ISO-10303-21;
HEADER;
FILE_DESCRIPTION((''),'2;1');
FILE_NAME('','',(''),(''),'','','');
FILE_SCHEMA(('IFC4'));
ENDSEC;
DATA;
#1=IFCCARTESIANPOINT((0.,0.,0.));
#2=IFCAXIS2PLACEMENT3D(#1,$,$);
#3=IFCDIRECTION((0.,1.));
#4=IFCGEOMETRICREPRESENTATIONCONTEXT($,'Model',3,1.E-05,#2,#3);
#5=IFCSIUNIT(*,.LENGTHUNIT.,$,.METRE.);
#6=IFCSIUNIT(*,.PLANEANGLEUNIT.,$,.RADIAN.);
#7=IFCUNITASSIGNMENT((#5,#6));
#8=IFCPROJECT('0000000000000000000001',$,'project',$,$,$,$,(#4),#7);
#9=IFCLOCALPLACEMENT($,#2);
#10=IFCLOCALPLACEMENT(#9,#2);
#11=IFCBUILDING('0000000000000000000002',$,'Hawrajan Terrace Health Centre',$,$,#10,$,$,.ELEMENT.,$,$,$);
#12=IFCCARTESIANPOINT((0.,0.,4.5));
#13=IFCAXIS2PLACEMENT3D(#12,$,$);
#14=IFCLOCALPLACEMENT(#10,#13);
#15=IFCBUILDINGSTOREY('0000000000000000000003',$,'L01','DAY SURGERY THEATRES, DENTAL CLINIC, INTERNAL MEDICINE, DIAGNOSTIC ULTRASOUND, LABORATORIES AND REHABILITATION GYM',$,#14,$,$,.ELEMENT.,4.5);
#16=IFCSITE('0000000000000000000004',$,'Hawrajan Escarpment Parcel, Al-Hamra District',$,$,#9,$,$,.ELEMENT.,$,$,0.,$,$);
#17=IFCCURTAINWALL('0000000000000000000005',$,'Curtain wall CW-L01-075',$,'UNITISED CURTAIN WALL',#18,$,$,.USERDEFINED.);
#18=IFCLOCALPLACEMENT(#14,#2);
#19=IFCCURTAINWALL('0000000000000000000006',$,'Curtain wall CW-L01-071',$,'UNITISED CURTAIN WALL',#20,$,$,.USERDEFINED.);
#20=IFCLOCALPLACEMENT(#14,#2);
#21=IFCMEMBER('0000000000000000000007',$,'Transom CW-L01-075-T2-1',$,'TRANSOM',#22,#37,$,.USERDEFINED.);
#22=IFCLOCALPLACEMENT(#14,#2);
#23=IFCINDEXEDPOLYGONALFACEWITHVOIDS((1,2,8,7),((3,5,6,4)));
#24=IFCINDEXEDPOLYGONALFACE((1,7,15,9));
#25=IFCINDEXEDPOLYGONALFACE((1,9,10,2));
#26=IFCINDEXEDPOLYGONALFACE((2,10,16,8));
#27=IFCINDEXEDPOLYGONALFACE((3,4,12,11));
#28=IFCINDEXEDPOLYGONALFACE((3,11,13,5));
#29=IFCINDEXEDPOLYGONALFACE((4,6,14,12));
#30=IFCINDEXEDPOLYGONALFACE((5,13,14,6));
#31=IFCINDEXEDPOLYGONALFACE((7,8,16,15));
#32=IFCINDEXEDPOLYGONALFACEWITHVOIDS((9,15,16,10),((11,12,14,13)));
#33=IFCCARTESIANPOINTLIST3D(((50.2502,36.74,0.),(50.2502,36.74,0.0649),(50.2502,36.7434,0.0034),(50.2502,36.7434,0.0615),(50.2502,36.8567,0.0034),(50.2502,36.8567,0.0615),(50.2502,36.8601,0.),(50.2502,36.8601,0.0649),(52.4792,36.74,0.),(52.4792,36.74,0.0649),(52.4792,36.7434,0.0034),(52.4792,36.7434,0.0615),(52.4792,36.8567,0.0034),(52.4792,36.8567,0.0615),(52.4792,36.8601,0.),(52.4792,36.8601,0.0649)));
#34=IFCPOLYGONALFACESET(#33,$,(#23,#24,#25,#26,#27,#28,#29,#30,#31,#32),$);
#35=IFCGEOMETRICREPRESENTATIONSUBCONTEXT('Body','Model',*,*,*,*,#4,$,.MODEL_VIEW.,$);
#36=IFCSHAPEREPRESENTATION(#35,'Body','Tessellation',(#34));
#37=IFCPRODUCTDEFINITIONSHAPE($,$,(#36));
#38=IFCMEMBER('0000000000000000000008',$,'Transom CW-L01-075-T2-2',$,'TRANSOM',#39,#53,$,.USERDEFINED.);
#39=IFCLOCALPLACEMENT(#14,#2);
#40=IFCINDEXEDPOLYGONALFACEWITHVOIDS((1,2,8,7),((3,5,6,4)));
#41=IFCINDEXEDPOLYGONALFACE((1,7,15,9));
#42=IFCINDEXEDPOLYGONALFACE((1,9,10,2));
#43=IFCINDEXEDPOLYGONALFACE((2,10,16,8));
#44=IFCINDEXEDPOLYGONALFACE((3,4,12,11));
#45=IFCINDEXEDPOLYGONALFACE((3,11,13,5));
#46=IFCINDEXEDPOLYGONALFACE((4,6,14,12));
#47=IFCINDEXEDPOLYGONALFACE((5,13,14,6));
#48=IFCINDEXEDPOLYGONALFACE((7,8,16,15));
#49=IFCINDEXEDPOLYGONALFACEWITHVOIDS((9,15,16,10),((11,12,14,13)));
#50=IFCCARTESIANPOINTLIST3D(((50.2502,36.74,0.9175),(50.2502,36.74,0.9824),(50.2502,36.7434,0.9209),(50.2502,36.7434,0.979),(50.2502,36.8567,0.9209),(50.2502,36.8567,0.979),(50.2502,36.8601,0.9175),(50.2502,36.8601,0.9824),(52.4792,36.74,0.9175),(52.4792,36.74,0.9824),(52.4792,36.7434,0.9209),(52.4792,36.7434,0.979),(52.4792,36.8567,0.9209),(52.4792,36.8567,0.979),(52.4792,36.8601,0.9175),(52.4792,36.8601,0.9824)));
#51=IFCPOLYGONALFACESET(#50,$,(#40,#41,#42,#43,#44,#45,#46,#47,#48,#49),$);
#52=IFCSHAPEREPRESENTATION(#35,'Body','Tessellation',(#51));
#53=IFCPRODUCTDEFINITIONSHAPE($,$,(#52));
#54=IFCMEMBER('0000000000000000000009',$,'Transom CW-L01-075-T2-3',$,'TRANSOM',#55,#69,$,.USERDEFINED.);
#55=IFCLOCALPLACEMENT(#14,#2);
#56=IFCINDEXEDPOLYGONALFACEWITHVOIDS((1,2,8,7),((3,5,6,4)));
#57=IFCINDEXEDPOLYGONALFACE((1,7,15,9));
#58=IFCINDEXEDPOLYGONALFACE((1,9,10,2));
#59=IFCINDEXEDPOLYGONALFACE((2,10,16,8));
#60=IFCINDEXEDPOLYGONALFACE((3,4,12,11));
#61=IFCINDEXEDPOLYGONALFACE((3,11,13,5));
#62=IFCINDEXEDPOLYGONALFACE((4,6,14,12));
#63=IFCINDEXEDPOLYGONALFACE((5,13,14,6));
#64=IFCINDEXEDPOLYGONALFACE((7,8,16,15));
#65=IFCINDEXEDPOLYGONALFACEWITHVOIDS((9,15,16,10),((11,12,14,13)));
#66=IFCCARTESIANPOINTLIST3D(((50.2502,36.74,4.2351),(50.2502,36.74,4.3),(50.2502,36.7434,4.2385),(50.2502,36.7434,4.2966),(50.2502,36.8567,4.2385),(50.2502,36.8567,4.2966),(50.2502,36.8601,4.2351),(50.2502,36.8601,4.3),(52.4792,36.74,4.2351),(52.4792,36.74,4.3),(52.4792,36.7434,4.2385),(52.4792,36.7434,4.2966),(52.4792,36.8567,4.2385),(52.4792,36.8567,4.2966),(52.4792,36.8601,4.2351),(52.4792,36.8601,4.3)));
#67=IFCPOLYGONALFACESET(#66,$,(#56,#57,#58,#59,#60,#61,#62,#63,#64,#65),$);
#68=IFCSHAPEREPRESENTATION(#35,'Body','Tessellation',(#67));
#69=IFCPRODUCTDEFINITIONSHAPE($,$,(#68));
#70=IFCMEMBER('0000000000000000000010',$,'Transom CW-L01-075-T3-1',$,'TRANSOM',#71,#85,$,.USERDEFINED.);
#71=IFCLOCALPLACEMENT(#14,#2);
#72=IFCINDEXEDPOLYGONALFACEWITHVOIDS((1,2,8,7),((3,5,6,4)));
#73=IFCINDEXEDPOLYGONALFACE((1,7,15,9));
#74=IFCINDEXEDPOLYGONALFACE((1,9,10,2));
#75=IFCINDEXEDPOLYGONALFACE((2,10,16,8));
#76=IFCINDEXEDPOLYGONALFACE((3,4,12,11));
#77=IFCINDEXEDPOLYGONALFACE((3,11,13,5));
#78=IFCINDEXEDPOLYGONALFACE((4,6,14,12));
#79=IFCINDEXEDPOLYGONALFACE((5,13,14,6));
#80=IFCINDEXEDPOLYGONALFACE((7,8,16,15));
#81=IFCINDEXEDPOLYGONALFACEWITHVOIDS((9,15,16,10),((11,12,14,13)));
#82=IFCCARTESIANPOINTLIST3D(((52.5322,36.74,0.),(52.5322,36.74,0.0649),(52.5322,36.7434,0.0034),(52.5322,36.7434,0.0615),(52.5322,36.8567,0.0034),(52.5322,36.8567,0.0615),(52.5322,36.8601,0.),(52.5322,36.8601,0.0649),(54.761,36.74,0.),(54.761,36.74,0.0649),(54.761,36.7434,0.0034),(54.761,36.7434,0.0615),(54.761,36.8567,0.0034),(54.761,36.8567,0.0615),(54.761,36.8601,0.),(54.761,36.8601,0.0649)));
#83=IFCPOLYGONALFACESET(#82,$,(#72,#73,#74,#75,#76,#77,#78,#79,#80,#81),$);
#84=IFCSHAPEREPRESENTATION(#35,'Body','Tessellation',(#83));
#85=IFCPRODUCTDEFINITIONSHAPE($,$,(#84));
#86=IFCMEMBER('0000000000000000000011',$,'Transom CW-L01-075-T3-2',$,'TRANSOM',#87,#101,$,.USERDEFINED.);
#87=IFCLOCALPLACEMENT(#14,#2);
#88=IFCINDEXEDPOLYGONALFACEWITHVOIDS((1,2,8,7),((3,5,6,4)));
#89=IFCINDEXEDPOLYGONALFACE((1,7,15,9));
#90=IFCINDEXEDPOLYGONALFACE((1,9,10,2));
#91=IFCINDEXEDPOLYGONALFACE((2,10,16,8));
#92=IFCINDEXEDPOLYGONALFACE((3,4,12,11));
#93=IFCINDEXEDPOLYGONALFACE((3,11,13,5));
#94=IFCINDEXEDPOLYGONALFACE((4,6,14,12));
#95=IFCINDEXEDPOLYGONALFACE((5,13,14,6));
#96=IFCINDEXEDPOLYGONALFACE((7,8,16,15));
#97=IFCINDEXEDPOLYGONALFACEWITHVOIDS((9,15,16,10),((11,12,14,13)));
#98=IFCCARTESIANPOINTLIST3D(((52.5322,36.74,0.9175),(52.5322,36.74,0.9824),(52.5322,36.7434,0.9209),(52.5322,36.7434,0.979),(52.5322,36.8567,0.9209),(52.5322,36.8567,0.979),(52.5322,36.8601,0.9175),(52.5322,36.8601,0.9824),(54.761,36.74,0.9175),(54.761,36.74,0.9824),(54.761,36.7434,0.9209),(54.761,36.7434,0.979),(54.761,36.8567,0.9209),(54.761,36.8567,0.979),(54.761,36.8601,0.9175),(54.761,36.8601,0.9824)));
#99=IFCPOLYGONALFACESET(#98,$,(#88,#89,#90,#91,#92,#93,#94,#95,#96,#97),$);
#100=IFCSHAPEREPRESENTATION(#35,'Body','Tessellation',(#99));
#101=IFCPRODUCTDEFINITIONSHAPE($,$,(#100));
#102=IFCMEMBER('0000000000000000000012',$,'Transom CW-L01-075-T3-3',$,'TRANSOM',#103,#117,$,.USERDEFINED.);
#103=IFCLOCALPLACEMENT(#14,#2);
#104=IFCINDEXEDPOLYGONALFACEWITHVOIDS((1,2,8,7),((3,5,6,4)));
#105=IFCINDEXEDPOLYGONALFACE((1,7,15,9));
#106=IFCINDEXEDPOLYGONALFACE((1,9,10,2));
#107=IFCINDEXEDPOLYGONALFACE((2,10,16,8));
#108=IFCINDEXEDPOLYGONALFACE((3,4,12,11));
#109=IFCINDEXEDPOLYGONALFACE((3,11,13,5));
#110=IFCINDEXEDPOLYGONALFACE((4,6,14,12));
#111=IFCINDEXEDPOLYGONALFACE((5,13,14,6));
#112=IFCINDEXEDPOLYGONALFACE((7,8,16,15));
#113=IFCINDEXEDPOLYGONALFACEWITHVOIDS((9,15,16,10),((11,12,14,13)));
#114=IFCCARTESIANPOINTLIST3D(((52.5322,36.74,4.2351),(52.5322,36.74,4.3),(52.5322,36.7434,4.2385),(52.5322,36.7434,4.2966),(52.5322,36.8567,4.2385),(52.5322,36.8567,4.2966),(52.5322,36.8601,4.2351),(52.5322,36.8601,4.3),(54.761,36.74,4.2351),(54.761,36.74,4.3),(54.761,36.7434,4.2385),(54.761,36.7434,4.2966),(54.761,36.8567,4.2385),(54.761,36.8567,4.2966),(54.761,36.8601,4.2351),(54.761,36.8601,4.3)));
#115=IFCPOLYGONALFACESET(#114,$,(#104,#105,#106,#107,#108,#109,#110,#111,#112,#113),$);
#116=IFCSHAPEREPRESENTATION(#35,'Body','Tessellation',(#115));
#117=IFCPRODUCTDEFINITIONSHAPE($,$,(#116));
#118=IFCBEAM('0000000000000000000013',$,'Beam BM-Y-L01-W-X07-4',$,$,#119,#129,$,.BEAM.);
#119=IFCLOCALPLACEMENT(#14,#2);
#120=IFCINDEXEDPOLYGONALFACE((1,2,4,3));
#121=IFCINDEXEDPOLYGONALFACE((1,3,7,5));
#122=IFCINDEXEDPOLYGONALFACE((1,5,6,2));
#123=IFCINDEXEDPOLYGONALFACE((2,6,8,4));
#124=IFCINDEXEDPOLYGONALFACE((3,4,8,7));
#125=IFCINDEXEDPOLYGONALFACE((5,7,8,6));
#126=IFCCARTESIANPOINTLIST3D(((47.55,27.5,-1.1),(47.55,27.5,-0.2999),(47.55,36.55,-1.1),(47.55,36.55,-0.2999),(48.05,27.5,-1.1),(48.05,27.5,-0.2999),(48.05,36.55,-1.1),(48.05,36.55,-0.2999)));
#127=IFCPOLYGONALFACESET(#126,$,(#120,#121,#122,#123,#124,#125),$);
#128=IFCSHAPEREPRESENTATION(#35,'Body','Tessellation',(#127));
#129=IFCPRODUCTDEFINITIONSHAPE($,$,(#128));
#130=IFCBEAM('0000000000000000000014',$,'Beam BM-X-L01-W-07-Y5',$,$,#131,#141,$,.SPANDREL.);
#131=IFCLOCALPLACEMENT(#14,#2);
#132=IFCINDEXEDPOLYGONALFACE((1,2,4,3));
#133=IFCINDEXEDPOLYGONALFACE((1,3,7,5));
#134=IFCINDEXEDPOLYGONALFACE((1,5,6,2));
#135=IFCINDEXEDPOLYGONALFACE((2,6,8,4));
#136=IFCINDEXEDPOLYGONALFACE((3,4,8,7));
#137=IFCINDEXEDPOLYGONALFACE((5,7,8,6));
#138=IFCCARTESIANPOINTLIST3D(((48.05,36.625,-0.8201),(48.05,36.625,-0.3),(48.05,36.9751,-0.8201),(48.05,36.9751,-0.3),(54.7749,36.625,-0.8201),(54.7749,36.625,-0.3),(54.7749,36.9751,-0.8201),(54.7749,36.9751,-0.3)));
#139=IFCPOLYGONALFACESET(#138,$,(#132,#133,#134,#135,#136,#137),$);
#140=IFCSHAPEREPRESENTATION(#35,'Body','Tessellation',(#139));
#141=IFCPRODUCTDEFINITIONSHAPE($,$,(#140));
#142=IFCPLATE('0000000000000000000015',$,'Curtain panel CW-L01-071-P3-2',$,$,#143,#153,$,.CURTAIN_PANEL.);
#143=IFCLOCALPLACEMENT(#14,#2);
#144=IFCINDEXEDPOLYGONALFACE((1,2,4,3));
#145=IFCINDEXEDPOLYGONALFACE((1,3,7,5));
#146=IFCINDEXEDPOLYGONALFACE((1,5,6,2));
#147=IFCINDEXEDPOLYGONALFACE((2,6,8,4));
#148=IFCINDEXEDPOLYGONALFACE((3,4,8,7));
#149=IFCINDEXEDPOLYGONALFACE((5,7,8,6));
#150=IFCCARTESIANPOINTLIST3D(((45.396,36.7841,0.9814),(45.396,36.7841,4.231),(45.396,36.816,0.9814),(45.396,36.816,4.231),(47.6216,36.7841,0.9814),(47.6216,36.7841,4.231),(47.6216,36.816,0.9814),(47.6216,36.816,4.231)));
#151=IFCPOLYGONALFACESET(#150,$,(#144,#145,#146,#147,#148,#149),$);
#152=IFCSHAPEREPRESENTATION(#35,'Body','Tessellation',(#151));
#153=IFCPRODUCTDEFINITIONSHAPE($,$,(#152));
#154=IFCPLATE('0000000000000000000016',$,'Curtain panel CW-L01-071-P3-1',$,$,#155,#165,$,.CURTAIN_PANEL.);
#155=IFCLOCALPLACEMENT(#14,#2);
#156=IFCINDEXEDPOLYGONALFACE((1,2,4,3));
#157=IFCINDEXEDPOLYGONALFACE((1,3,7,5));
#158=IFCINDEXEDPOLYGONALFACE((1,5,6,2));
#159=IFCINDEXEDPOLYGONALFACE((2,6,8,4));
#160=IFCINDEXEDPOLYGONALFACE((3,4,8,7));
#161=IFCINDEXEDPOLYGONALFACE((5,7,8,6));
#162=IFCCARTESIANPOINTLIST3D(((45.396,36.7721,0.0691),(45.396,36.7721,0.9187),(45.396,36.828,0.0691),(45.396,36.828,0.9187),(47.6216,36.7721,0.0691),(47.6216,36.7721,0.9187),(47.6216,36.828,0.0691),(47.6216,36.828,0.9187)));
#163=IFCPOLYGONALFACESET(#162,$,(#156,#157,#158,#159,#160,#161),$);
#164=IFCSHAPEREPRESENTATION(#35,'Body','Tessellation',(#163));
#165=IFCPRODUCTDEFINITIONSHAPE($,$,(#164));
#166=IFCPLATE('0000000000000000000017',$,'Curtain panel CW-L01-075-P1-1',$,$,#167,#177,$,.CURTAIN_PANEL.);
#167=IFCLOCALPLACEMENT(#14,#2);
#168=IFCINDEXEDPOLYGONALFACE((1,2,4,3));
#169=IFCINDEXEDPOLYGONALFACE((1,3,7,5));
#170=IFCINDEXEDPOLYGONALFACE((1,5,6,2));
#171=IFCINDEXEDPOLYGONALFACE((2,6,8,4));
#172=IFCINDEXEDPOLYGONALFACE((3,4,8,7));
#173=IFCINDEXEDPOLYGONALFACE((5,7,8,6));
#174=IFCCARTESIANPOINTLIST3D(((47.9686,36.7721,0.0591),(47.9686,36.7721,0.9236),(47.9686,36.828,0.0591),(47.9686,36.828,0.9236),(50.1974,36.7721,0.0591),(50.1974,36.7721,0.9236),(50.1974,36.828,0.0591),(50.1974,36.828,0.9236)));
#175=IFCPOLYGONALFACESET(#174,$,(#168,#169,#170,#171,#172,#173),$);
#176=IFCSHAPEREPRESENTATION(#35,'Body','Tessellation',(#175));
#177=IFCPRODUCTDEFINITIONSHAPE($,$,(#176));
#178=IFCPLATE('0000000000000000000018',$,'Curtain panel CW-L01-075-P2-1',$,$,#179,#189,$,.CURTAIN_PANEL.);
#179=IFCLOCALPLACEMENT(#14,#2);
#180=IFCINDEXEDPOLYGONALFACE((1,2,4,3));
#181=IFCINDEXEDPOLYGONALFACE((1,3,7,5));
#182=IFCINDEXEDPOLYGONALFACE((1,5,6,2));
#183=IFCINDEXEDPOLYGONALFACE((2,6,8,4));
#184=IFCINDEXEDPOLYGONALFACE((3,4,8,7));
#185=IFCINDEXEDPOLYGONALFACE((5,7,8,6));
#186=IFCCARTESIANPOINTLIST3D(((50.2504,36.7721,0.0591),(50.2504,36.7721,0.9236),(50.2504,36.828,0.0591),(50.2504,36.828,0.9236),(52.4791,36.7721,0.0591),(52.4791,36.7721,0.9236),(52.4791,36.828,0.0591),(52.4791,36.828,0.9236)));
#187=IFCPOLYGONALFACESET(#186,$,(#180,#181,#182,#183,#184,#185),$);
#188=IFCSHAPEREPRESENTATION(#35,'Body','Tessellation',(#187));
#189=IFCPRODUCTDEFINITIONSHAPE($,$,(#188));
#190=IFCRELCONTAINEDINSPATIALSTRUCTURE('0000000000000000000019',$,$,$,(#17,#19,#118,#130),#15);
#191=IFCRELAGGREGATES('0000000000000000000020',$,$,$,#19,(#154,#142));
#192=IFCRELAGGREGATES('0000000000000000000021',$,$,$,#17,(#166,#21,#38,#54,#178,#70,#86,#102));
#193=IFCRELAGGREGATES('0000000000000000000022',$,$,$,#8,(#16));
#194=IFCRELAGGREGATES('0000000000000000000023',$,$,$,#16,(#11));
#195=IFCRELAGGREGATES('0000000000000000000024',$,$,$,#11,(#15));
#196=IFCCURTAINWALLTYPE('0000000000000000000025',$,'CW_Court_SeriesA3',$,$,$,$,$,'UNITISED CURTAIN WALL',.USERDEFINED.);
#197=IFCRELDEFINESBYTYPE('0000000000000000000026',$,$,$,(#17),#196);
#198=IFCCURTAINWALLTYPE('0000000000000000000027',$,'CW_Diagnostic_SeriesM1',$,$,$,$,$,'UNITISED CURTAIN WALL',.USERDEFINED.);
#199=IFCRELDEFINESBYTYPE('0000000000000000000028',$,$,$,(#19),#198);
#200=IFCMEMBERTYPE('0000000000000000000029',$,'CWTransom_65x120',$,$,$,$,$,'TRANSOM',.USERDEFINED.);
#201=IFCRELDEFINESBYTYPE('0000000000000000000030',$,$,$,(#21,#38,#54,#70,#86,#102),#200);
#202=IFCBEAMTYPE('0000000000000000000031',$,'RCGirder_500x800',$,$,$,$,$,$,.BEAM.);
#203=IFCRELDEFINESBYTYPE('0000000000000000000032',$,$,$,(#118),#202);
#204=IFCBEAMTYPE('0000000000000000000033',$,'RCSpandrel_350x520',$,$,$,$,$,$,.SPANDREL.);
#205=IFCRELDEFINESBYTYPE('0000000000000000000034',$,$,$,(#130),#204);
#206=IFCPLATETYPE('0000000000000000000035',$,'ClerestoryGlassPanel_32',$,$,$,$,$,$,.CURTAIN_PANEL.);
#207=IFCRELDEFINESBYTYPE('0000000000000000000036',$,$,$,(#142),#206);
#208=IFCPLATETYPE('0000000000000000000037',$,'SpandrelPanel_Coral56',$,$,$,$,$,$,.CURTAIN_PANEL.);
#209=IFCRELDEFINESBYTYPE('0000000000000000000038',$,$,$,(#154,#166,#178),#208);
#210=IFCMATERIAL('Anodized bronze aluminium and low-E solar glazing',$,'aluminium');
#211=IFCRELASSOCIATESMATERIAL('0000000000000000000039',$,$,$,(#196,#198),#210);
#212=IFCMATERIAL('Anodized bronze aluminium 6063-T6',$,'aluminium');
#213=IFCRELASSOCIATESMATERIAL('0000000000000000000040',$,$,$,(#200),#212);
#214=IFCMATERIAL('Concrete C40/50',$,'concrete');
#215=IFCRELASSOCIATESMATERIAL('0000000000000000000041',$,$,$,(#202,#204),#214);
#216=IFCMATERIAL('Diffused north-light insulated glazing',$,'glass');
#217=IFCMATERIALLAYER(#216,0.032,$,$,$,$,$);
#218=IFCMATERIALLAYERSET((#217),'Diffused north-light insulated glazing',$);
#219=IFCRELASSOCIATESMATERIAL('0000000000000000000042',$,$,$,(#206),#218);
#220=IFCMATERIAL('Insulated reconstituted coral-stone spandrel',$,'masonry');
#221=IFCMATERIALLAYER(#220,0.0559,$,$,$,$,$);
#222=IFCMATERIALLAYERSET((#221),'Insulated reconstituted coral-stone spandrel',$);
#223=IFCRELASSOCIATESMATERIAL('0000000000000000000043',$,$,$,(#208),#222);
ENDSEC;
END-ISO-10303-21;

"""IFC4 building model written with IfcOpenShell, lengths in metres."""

from ifc_helpers import new_model, si_unit, direction, frame, origin, origin_2d, place, context, subcontext, project, spatial, rectangle, hollow_rectangle, extrude, material, layer, layer_set, material_profile, profile_set, type_object, element, aggregate, save


model = new_model("IFC4")

# Units and contexts
model_context = context("Model", 3, precision=1e-05, world=origin(), true_north=direction((0.0, 1.0)))
body_context = subcontext(model_context, "Body", "Model", "MODEL_VIEW")
ifc_project = project(units=[si_unit("LENGTHUNIT", "METRE"), si_unit("PLANEANGLEUNIT", "RADIAN")], contexts=[model_context])

# Site, building, storey
site_placement = place(None, origin())
site = spatial("IfcSite", under=ifc_project, at=site_placement, Name="Hawrajan Escarpment Parcel, Al-Hamra District", CompositionType="ELEMENT", RefElevation=0.0)
building_placement = place(site_placement, origin())
building = spatial("IfcBuilding", under=site, at=building_placement, Name="Hawrajan Terrace Health Centre", CompositionType="ELEMENT")
storey_placement = place(building_placement, frame((0.0, 0.0, 4.5)))
storey = spatial("IfcBuildingStorey", under=building, at=storey_placement, Name="L01", Description="DAY SURGERY THEATRES, DENTAL CLINIC, INTERNAL MEDICINE, DIAGNOSTIC ULTRASOUND, LABORATORIES AND REHABILITATION GYM", CompositionType="ELEMENT", Elevation=4.5)

# Curtain wall
ifc_material_1 = material(Name="Anodized bronze aluminium and low-E solar glazing", Category="aluminium")
curtain_wall_type_1 = type_object("IfcCurtainWallType", Name="CW_Court_SeriesA3", ElementType="UNITISED CURTAIN WALL", PredefinedType="USERDEFINED", material=ifc_material_1)
curtain_wall_1_placement = place(storey_placement, origin())
curtain_wall_1 = element("IfcCurtainWall", 1, at=curtain_wall_1_placement, inside=storey, type_object=curtain_wall_type_1, Name="Curtain wall CW-L01-075", ObjectType="UNITISED CURTAIN WALL", PredefinedType="USERDEFINED")
ifc_material_2 = material(Name="Anodized bronze aluminium 6063-T6", Category="aluminium")

# Curtain wall
curtain_wall_type_2 = type_object("IfcCurtainWallType", Name="CW_Diagnostic_SeriesM1", ElementType="UNITISED CURTAIN WALL", PredefinedType="USERDEFINED", material=ifc_material_1)
curtain_wall_2_placement = place(storey_placement, origin())
curtain_wall_2 = element("IfcCurtainWall", 2, at=curtain_wall_2_placement, inside=storey, type_object=curtain_wall_type_2, Name="Curtain wall CW-L01-071", ObjectType="UNITISED CURTAIN WALL", PredefinedType="USERDEFINED")

# Members
ifc_material_profile_1 = material_profile(ifc_material_2, hollow_rectangle(XDim=0.0649, YDim=0.1201, WallThickness=0.0034, at=origin_2d()), Name="CW TRN 65x120")
ifc_profile_set_1 = profile_set([ifc_material_profile_1], Name="Anodized bronze aluminium 6063-T6")
member_type_1 = type_object("IfcMemberType", Name="CWTransom_65x120", ElementType="TRANSOM", PredefinedType="USERDEFINED", material=ifc_profile_set_1)
member_1_placement = place(storey_placement, frame((50.2502, 36.8, 0.0325), z_axis=(1.0, 0.0, 0.0), x_axis=(0.0, 0.0, 1.0)))
member_1 = element("IfcMember", 3, at=member_1_placement, type_object=member_type_1, Name="Transom CW-L01-075-T2-1", ObjectType="TRANSOM", PredefinedType="USERDEFINED", context=body_context, shape_type="SweptSolid", body=[
    extrude(hollow_rectangle(XDim=0.0649, YDim=0.1201, WallThickness=0.0034, at=origin_2d()), origin(), (0.0, 0.0, 1.0), 2.229),
])
member_2_placement = place(storey_placement, frame((50.2502, 36.8, 0.95), z_axis=(1.0, 0.0, 0.0), x_axis=(0.0, 0.0, 1.0)))
member_2 = element("IfcMember", 4, at=member_2_placement, type_object=member_type_1, Name="Transom CW-L01-075-T2-2", ObjectType="TRANSOM", PredefinedType="USERDEFINED", context=body_context, shape_type="SweptSolid", body=[
    extrude(hollow_rectangle(XDim=0.0649, YDim=0.1201, WallThickness=0.0034, at=origin_2d()), origin(), (0.0, 0.0, 1.0), 2.229),
])
member_3_placement = place(storey_placement, frame((50.2502, 36.8, 4.2676), z_axis=(1.0, 0.0, 0.0), x_axis=(0.0, 0.0, 1.0)))
member_3 = element("IfcMember", 5, at=member_3_placement, type_object=member_type_1, Name="Transom CW-L01-075-T2-3", ObjectType="TRANSOM", PredefinedType="USERDEFINED", context=body_context, shape_type="SweptSolid", body=[
    extrude(hollow_rectangle(XDim=0.0649, YDim=0.1201, WallThickness=0.0034, at=origin_2d()), origin(), (0.0, 0.0, 1.0), 2.229),
])
member_4_placement = place(storey_placement, frame((52.5322, 36.8, 0.0325), z_axis=(1.0, 0.0, 0.0), x_axis=(0.0, 0.0, 1.0)))
member_4 = element("IfcMember", 6, at=member_4_placement, type_object=member_type_1, Name="Transom CW-L01-075-T3-1", ObjectType="TRANSOM", PredefinedType="USERDEFINED", context=body_context, shape_type="SweptSolid", body=[
    extrude(hollow_rectangle(XDim=0.0649, YDim=0.1201, WallThickness=0.0034, at=origin_2d()), origin(), (0.0, 0.0, 1.0), 2.2288),
])
member_5_placement = place(storey_placement, frame((52.5322, 36.8, 0.95), z_axis=(1.0, 0.0, 0.0), x_axis=(0.0, 0.0, 1.0)))
member_5 = element("IfcMember", 7, at=member_5_placement, type_object=member_type_1, Name="Transom CW-L01-075-T3-2", ObjectType="TRANSOM", PredefinedType="USERDEFINED", context=body_context, shape_type="SweptSolid", body=[
    extrude(hollow_rectangle(XDim=0.0649, YDim=0.1201, WallThickness=0.0034, at=origin_2d()), origin(), (0.0, 0.0, 1.0), 2.2288),
])
member_6_placement = place(storey_placement, frame((52.5322, 36.8, 4.2676), z_axis=(1.0, 0.0, 0.0), x_axis=(0.0, 0.0, 1.0)))
member_6 = element("IfcMember", 8, at=member_6_placement, type_object=member_type_1, Name="Transom CW-L01-075-T3-3", ObjectType="TRANSOM", PredefinedType="USERDEFINED", context=body_context, shape_type="SweptSolid", body=[
    extrude(hollow_rectangle(XDim=0.0649, YDim=0.1201, WallThickness=0.0034, at=origin_2d()), origin(), (0.0, 0.0, 1.0), 2.2288),
])

# Beams
ifc_material_3 = material(Name="Concrete C40/50", Category="concrete")
ifc_material_profile_2 = material_profile(ifc_material_3, rectangle(XDim=0.5, YDim=0.8, at=origin_2d()), Name="RC BM 500x800")
ifc_profile_set_2 = profile_set([ifc_material_profile_2], Name="Concrete C40/50")
beam_type_1 = type_object("IfcBeamType", Name="RCGirder_500x800", PredefinedType="BEAM", material=ifc_profile_set_2)
beam_1_placement = place(storey_placement, frame((47.8, 27.5, -0.7), z_axis=(0.0, 1.0, 0.0), x_axis=(-1.0, 0.0, 0.0)))
element("IfcBeam", 9, at=beam_1_placement, inside=storey, type_object=beam_type_1, Name="Beam BM-Y-L01-W-X07-4", PredefinedType="BEAM", context=body_context, shape_type="SweptSolid", body=[
    extrude(rectangle(XDim=0.5, YDim=0.8, at=origin_2d()), origin(), (0.0, 0.0, 1.0), 9.05),
])
ifc_material_profile_3 = material_profile(ifc_material_3, rectangle(XDim=0.3501, YDim=0.52, at=origin_2d()), Name="RC SP 350x520")
ifc_profile_set_3 = profile_set([ifc_material_profile_3], Name="Concrete C40/50")
beam_type_2 = type_object("IfcBeamType", Name="RCSpandrel_350x520", PredefinedType="SPANDREL", material=ifc_profile_set_3)
beam_2_placement = place(storey_placement, frame((48.05, 36.8, -0.5601), z_axis=(1.0, 0.0, 0.0), x_axis=(0.0, 1.0, 0.0)))
element("IfcBeam", 10, at=beam_2_placement, inside=storey, type_object=beam_type_2, Name="Beam BM-X-L01-W-07-Y5", PredefinedType="SPANDREL", context=body_context, shape_type="SweptSolid", body=[
    extrude(rectangle(XDim=0.3501, YDim=0.52, at=origin_2d()), origin(), (0.0, 0.0, 1.0), 6.7249),
])

# Plates
ifc_material_4 = material(Name="Diffused north-light insulated glazing", Category="glass")
ifc_layer_1 = layer(ifc_material_4, 0.032)
ifc_layer_set_1 = layer_set([ifc_layer_1], Name="Diffused north-light insulated glazing")
plate_type_1 = type_object("IfcPlateType", Name="ClerestoryGlassPanel_32", PredefinedType="CURTAIN_PANEL", material=ifc_layer_set_1)
plate_1_placement = place(storey_placement, frame((46.5088, 36.8, 0.9814), z_axis=(0.0, 0.0, 1.0), x_axis=(1.0, 0.0, 0.0)))
plate_1 = element("IfcPlate", 11, at=plate_1_placement, type_object=plate_type_1, Name="Curtain panel CW-L01-071-P3-2", PredefinedType="CURTAIN_PANEL", context=body_context, shape_type="SweptSolid", body=[
    extrude(rectangle(XDim=2.2256, YDim=0.032, at=origin_2d()), origin(), (0.0, 0.0, 1.0), 3.2495),
])
ifc_material_5 = material(Name="Insulated reconstituted coral-stone spandrel", Category="masonry")
ifc_layer_2 = layer(ifc_material_5, 0.0559)
ifc_layer_set_2 = layer_set([ifc_layer_2], Name="Insulated reconstituted coral-stone spandrel")
plate_type_2 = type_object("IfcPlateType", Name="SpandrelPanel_Coral56", PredefinedType="CURTAIN_PANEL", material=ifc_layer_set_2)
plate_2_placement = place(storey_placement, frame((46.5088, 36.8, 0.0691), z_axis=(0.0, 0.0, 1.0), x_axis=(1.0, 0.0, 0.0)))
plate_2 = element("IfcPlate", 12, at=plate_2_placement, type_object=plate_type_2, Name="Curtain panel CW-L01-071-P3-1", PredefinedType="CURTAIN_PANEL", context=body_context, shape_type="SweptSolid", body=[
    extrude(rectangle(XDim=2.2256, YDim=0.0559, at=origin_2d()), origin(), (0.0, 0.0, 1.0), 0.8496),
])
aggregate(curtain_wall_2, [plate_2, plate_1])
plate_3_placement = place(storey_placement, frame((49.083, 36.8, 0.0591), z_axis=(0.0, 0.0, 1.0), x_axis=(1.0, 0.0, 0.0)))
plate_3 = element("IfcPlate", 13, at=plate_3_placement, type_object=plate_type_2, Name="Curtain panel CW-L01-075-P1-1", PredefinedType="CURTAIN_PANEL", context=body_context, shape_type="SweptSolid", body=[
    extrude(rectangle(XDim=2.2288, YDim=0.0559, at=origin_2d()), origin(), (0.0, 0.0, 1.0), 0.8645),
])
plate_4_placement = place(storey_placement, frame((51.3647, 36.8, 0.0591), z_axis=(0.0, 0.0, 1.0), x_axis=(1.0, 0.0, 0.0)))
plate_4 = element("IfcPlate", 14, at=plate_4_placement, type_object=plate_type_2, Name="Curtain panel CW-L01-075-P2-1", PredefinedType="CURTAIN_PANEL", context=body_context, shape_type="SweptSolid", body=[
    extrude(rectangle(XDim=2.2288, YDim=0.0559, at=origin_2d()), origin(), (0.0, 0.0, 1.0), 0.8645),
])
aggregate(curtain_wall_1, [plate_3, member_1, member_2, member_3, plate_4, member_4, member_5, member_6])

save(model, "model.ifc")
